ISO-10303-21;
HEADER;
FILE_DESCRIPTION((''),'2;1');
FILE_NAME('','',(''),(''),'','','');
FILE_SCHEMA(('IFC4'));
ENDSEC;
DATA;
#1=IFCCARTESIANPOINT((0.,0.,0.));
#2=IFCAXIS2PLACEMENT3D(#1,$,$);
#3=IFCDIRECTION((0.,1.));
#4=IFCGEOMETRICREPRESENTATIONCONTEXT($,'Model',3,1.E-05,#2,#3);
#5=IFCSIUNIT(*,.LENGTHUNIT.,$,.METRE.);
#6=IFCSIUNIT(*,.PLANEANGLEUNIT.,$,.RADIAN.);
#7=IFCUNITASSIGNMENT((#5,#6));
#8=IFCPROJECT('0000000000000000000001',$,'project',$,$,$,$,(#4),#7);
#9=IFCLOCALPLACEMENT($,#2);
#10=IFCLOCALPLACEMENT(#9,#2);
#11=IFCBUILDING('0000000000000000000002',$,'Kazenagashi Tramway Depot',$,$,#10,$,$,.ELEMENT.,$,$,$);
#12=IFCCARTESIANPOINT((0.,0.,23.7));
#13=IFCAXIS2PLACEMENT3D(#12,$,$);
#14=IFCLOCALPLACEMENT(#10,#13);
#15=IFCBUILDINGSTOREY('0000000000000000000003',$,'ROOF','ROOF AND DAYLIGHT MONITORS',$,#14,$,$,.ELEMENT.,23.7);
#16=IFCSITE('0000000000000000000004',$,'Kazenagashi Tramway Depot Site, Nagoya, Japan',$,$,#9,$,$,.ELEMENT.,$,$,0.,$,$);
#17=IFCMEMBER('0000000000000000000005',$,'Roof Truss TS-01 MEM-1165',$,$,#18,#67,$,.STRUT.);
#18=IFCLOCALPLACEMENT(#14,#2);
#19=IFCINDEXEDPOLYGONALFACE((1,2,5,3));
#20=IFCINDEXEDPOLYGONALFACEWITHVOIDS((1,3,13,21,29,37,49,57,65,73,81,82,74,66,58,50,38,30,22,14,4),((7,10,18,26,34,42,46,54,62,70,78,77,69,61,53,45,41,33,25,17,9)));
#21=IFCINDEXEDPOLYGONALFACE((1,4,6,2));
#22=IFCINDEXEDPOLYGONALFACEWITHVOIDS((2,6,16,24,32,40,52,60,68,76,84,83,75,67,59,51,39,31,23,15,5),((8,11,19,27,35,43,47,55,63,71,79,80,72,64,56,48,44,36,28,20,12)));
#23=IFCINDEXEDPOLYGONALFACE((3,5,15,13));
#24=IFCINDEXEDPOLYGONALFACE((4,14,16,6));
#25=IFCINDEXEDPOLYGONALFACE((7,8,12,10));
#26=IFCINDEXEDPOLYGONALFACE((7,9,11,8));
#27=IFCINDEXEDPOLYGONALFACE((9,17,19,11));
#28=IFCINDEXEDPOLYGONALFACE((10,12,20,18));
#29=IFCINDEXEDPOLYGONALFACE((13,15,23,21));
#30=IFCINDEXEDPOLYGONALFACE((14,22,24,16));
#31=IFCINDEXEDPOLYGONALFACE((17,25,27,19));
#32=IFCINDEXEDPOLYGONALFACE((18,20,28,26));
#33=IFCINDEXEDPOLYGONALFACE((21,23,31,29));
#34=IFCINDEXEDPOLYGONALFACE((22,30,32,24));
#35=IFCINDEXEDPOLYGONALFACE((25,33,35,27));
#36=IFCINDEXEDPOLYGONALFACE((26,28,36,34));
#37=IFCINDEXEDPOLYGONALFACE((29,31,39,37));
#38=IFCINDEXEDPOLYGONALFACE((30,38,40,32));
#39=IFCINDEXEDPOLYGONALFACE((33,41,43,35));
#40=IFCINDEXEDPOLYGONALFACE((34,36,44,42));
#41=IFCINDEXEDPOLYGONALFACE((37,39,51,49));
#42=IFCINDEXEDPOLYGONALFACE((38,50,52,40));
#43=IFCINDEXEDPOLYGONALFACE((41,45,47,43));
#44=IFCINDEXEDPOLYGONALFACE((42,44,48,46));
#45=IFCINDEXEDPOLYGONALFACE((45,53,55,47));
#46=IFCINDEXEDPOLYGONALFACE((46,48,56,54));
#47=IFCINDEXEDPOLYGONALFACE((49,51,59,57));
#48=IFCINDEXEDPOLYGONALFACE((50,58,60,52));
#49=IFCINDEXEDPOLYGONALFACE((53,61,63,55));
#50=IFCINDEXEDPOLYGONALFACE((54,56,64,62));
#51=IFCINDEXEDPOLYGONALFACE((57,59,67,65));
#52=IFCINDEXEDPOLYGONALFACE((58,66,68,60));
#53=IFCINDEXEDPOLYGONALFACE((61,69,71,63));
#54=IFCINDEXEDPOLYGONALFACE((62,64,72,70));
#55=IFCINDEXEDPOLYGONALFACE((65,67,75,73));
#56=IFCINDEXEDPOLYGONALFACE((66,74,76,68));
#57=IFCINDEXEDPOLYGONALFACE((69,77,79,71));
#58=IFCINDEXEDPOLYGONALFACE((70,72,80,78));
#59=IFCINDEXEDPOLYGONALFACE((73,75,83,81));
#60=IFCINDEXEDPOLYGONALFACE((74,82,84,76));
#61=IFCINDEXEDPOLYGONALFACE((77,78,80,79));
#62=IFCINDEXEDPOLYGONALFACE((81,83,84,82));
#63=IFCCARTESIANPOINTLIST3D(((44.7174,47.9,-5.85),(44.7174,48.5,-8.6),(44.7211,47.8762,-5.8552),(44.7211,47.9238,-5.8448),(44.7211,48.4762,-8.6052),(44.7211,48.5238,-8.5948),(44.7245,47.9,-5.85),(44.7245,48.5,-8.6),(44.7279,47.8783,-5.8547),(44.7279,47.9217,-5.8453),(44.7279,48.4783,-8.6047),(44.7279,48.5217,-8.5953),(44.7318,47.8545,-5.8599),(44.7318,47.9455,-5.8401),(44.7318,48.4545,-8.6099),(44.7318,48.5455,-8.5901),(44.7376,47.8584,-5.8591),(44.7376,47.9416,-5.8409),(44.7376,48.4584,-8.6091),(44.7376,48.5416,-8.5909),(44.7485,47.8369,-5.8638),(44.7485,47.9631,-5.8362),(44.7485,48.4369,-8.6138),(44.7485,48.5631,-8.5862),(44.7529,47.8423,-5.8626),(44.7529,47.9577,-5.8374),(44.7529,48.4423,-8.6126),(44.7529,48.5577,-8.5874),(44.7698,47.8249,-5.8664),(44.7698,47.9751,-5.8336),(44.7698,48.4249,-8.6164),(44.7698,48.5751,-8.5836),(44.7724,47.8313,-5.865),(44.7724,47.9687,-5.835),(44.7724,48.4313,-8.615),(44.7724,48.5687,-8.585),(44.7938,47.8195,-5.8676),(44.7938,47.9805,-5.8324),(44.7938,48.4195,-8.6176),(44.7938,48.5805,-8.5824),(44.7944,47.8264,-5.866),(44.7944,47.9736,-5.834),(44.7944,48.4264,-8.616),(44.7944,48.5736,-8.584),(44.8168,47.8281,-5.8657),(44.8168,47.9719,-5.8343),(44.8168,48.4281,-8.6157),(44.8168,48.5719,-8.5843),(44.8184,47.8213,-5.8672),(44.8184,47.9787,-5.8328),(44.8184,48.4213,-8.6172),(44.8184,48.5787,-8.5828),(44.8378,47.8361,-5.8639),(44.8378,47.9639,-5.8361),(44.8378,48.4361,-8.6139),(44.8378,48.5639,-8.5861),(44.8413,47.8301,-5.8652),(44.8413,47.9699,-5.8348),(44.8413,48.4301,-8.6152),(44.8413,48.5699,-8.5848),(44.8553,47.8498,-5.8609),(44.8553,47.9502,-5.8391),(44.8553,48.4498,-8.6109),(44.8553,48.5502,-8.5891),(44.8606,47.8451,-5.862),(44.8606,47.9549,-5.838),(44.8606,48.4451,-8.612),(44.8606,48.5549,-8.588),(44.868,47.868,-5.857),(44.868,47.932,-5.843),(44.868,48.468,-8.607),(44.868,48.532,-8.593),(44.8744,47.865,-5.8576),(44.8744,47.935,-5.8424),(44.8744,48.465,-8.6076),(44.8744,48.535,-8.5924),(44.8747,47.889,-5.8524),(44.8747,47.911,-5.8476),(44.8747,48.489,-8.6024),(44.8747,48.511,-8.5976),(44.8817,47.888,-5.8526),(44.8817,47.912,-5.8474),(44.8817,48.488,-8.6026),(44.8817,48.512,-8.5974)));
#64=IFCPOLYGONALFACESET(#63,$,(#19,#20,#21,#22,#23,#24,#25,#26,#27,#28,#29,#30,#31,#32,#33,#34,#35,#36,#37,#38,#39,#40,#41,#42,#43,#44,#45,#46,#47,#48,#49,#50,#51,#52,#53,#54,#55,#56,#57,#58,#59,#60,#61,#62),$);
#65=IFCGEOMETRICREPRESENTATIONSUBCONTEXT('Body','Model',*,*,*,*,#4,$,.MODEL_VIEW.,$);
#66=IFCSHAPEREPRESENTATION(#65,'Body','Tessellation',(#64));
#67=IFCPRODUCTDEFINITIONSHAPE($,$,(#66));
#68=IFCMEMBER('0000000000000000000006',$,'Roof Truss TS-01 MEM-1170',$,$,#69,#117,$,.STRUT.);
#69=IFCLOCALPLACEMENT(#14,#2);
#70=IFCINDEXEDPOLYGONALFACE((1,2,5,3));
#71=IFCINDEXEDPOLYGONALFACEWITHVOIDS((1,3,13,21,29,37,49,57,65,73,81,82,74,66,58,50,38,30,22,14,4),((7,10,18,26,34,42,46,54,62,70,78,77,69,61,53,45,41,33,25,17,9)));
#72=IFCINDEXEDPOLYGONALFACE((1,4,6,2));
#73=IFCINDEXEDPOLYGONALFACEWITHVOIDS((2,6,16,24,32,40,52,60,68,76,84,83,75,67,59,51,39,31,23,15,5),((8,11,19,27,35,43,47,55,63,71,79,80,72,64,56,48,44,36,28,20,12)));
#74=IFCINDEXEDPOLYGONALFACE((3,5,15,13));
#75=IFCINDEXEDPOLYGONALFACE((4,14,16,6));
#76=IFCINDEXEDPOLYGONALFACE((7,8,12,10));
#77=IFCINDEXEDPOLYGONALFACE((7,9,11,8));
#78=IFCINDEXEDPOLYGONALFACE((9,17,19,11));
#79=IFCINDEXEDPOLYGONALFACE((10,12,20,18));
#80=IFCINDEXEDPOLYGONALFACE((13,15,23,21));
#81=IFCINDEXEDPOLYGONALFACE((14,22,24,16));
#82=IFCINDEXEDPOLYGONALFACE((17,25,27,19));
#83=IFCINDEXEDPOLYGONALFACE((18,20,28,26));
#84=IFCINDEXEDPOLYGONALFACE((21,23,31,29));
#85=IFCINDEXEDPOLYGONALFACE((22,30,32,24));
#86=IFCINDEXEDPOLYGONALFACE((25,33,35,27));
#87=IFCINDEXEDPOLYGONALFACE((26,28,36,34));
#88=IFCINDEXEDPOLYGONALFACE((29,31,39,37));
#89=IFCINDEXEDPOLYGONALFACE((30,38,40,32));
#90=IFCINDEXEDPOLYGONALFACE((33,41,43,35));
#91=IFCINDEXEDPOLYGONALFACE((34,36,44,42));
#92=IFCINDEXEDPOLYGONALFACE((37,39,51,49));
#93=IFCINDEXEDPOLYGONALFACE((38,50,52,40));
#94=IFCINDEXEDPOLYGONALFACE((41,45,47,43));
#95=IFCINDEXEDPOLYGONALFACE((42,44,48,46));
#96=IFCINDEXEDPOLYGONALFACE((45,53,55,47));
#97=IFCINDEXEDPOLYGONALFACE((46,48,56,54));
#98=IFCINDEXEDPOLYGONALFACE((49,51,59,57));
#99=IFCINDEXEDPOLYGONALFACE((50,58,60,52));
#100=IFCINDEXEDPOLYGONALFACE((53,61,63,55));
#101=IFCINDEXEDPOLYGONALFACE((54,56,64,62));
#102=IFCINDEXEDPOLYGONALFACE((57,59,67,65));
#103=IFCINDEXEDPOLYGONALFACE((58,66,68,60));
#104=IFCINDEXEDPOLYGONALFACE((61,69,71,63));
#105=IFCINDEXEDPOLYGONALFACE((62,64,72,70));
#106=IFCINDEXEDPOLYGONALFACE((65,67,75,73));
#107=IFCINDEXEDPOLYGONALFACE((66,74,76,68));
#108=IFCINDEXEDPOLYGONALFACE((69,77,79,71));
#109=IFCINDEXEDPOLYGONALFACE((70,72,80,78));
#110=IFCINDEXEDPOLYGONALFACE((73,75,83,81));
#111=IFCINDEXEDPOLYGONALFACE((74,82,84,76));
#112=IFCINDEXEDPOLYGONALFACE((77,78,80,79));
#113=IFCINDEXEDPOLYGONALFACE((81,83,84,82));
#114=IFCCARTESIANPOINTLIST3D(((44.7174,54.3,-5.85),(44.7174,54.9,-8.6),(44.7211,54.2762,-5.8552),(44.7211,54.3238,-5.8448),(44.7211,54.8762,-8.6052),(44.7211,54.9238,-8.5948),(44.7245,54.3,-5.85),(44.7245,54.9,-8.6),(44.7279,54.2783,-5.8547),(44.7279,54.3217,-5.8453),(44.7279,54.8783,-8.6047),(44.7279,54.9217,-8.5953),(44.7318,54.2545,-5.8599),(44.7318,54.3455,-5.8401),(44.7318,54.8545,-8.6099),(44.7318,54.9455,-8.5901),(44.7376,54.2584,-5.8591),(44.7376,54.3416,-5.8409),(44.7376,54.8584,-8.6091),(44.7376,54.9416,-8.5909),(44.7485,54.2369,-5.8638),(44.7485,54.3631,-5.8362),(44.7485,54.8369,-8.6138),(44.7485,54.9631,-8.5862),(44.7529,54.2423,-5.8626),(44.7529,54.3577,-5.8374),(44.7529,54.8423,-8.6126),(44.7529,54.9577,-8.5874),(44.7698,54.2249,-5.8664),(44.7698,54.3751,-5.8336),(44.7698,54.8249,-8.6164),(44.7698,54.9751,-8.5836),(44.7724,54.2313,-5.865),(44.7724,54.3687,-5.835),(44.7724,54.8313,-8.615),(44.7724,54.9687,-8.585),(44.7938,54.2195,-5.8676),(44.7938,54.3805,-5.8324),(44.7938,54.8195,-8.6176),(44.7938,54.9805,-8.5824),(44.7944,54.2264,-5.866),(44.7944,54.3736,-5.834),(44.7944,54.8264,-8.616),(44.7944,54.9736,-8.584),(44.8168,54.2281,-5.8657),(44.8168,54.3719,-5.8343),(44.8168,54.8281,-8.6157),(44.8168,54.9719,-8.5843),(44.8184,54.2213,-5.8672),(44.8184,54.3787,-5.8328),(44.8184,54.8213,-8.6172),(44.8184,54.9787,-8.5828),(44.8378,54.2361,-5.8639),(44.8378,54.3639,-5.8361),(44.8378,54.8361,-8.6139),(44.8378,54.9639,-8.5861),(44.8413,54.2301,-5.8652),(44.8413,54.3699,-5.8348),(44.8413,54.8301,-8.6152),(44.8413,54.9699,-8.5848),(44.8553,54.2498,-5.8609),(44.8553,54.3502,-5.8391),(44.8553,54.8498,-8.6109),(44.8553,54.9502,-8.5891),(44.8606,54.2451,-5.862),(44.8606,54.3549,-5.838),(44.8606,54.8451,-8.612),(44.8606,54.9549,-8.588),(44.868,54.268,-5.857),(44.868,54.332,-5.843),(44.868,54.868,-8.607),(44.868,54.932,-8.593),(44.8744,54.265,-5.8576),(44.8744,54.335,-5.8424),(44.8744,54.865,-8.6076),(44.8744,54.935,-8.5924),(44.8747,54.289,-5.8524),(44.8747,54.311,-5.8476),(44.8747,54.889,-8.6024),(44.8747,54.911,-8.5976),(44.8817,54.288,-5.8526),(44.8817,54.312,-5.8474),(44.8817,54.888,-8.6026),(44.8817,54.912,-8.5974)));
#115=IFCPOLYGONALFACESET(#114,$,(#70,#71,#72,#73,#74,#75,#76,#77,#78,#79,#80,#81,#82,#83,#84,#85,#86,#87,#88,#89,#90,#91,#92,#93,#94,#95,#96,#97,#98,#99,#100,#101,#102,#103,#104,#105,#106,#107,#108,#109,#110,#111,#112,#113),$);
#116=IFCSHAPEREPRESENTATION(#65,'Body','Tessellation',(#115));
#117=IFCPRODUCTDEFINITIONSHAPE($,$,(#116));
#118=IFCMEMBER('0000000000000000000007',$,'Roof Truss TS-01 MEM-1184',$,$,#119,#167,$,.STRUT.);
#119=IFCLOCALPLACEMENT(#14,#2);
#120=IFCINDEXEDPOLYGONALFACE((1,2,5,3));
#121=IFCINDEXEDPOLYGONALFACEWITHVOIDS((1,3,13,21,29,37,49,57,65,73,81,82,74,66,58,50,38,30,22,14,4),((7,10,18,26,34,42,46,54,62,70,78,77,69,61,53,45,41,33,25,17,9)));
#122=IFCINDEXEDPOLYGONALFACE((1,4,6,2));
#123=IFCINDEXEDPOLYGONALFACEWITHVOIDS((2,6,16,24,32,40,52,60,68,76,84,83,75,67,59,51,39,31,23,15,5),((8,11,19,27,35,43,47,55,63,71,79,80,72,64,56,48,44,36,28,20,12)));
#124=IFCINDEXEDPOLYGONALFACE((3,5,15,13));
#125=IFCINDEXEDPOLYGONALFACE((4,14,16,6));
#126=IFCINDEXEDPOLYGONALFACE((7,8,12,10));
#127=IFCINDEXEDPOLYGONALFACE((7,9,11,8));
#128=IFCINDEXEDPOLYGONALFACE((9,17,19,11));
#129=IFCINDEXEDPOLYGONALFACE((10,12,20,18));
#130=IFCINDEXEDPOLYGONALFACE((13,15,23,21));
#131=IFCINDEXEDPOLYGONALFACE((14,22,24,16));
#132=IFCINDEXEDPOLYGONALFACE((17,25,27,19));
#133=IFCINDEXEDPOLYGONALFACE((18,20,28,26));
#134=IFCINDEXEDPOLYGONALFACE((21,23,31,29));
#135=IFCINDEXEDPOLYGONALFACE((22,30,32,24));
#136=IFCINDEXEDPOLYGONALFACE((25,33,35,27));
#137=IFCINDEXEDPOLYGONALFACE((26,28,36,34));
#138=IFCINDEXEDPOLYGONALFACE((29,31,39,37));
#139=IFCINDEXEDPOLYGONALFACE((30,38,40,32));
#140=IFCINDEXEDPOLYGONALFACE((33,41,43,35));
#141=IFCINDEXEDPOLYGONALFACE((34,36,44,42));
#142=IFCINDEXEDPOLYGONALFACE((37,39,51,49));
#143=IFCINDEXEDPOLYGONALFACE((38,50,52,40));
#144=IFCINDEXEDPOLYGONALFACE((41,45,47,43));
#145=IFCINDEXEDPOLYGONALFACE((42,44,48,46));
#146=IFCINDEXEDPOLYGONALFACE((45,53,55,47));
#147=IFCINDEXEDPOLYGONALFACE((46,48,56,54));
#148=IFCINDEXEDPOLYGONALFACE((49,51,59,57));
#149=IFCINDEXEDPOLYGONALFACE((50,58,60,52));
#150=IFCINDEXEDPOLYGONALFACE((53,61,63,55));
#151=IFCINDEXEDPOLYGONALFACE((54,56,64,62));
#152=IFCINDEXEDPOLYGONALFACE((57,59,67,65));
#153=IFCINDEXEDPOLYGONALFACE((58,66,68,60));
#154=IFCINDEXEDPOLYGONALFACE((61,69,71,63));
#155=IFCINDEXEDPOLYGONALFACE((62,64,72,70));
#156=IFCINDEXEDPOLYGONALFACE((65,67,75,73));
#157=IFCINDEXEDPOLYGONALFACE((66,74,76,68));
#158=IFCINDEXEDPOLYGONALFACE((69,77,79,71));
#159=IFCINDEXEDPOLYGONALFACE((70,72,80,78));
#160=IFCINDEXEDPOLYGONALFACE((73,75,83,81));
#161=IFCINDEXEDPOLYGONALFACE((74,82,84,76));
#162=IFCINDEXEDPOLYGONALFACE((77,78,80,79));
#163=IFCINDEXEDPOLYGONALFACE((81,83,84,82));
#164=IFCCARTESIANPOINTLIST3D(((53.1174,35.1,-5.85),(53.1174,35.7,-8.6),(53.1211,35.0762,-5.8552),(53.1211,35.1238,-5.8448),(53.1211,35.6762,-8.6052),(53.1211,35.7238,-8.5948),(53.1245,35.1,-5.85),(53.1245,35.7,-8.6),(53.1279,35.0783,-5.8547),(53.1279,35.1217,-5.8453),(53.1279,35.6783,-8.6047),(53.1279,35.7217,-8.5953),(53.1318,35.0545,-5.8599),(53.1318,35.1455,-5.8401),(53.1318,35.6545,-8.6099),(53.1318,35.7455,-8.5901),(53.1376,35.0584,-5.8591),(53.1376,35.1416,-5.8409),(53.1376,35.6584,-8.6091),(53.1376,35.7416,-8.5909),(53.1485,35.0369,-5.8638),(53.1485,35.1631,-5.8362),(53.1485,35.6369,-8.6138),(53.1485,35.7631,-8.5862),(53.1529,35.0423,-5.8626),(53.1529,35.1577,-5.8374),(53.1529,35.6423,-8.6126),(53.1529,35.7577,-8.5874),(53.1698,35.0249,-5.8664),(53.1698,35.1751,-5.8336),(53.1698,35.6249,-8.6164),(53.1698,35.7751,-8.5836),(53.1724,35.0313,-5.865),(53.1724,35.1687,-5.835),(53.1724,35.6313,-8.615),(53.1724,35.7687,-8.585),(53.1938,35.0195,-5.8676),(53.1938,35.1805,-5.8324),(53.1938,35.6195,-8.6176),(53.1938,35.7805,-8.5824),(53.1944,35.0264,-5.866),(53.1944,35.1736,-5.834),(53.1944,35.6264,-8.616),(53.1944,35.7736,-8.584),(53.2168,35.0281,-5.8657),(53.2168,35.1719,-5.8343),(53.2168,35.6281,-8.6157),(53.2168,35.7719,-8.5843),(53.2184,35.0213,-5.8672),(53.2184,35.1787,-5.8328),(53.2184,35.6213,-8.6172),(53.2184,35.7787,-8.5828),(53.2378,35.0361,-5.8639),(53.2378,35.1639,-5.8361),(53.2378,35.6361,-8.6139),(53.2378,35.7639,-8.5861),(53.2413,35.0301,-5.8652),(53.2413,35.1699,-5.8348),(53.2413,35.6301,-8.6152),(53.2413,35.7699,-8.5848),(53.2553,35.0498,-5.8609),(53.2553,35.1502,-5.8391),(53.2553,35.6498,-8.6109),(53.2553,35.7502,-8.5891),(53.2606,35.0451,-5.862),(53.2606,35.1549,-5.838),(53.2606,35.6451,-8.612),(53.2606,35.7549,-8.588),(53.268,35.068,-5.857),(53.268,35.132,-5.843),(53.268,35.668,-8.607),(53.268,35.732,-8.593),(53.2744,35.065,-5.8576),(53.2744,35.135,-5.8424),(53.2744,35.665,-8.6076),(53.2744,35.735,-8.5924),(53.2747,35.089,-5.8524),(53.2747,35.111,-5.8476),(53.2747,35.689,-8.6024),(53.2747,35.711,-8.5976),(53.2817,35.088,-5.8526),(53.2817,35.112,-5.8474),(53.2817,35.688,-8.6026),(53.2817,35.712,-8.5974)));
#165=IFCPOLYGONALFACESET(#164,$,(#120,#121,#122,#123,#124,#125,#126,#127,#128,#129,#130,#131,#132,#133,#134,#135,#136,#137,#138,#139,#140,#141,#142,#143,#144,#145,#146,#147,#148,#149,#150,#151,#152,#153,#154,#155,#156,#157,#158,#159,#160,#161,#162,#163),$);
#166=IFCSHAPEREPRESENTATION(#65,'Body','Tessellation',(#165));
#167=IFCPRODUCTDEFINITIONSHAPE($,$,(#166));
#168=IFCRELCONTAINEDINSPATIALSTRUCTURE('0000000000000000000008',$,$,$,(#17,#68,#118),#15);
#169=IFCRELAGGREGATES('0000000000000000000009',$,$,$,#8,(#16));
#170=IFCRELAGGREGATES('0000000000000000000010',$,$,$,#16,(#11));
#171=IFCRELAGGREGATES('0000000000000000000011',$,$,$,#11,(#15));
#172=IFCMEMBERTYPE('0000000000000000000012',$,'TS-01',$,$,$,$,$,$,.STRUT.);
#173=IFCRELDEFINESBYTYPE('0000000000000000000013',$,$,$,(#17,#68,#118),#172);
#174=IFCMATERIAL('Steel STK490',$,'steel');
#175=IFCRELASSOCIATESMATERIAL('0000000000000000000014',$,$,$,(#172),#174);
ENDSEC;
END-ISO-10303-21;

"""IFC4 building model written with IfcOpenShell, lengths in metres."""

from ifc_helpers import new_model, si_unit, direction, frame, origin, origin_2d, place, context, subcontext, project, spatial, hollow_circle, extrude, material, material_profile, profile_set, type_object, element, save


model = new_model("IFC4")

# Units and contexts
model_context = context("Model", 3, precision=1e-05, world=origin(), true_north=direction((0.0, 1.0)))
body_context = subcontext(model_context, "Body", "Model", "MODEL_VIEW")
ifc_project = project(units=[si_unit("LENGTHUNIT", "METRE"), si_unit("PLANEANGLEUNIT", "RADIAN")], contexts=[model_context])

# Site, building, storey
site_placement = place(None, origin())
site = spatial("IfcSite", under=ifc_project, at=site_placement, Name="Kazenagashi Tramway Depot Site, Nagoya, Japan", CompositionType="ELEMENT", RefElevation=0.0)
building_placement = place(site_placement, origin())
building = spatial("IfcBuilding", under=site, at=building_placement, Name="Kazenagashi Tramway Depot", CompositionType="ELEMENT")
storey_placement = place(building_placement, frame((0.0, 0.0, 23.7)))
storey = spatial("IfcBuildingStorey", under=building, at=storey_placement, Name="ROOF", Description="ROOF AND DAYLIGHT MONITORS", CompositionType="ELEMENT", Elevation=23.7)

# Members
ifc_material_1 = material(Name="Steel STK490", Category="steel")
ifc_material_profile_1 = material_profile(ifc_material_1, hollow_circle(Radius=0.0826, WallThickness=0.0071, at=origin_2d()), Name="CHS-165.2x7.1")
ifc_profile_set_1 = profile_set([ifc_material_profile_1], Name="Steel STK490")
member_type_1 = type_object("IfcMemberType", Name="TS-01", PredefinedType="STRUT", material=ifc_profile_set_1)
for number, where, z_axis, x_axis, name in (
    (1, (44.8, 47.9, -5.85), (0.0, 0.213167, -0.977016), (-1.0, 0.0, 0.0), "Roof Truss TS-01 MEM-1165"),
    (2, (44.8, 54.3, -5.85), (0.0, 0.213167, -0.977016), (-1.0, 0.0, 0.0), "Roof Truss TS-01 MEM-1170"),
    (3, (53.2, 35.1, -5.85), (0.0, 0.213167, -0.977016), (-1.0, 0.0, 0.0), "Roof Truss TS-01 MEM-1184"),
):
    element("IfcMember", number, at=place(storey_placement, frame(where, z_axis=z_axis, x_axis=x_axis)), inside=storey, type_object=member_type_1, Name=name, PredefinedType="STRUT", context=body_context, shape_type="SweptSolid", body=[
        extrude(hollow_circle(Radius=0.0826, WallThickness=0.0071, at=origin_2d()), origin(), (0.0, 0.0, 1.0), 2.8147),
    ])

save(model, "model.ifc")
